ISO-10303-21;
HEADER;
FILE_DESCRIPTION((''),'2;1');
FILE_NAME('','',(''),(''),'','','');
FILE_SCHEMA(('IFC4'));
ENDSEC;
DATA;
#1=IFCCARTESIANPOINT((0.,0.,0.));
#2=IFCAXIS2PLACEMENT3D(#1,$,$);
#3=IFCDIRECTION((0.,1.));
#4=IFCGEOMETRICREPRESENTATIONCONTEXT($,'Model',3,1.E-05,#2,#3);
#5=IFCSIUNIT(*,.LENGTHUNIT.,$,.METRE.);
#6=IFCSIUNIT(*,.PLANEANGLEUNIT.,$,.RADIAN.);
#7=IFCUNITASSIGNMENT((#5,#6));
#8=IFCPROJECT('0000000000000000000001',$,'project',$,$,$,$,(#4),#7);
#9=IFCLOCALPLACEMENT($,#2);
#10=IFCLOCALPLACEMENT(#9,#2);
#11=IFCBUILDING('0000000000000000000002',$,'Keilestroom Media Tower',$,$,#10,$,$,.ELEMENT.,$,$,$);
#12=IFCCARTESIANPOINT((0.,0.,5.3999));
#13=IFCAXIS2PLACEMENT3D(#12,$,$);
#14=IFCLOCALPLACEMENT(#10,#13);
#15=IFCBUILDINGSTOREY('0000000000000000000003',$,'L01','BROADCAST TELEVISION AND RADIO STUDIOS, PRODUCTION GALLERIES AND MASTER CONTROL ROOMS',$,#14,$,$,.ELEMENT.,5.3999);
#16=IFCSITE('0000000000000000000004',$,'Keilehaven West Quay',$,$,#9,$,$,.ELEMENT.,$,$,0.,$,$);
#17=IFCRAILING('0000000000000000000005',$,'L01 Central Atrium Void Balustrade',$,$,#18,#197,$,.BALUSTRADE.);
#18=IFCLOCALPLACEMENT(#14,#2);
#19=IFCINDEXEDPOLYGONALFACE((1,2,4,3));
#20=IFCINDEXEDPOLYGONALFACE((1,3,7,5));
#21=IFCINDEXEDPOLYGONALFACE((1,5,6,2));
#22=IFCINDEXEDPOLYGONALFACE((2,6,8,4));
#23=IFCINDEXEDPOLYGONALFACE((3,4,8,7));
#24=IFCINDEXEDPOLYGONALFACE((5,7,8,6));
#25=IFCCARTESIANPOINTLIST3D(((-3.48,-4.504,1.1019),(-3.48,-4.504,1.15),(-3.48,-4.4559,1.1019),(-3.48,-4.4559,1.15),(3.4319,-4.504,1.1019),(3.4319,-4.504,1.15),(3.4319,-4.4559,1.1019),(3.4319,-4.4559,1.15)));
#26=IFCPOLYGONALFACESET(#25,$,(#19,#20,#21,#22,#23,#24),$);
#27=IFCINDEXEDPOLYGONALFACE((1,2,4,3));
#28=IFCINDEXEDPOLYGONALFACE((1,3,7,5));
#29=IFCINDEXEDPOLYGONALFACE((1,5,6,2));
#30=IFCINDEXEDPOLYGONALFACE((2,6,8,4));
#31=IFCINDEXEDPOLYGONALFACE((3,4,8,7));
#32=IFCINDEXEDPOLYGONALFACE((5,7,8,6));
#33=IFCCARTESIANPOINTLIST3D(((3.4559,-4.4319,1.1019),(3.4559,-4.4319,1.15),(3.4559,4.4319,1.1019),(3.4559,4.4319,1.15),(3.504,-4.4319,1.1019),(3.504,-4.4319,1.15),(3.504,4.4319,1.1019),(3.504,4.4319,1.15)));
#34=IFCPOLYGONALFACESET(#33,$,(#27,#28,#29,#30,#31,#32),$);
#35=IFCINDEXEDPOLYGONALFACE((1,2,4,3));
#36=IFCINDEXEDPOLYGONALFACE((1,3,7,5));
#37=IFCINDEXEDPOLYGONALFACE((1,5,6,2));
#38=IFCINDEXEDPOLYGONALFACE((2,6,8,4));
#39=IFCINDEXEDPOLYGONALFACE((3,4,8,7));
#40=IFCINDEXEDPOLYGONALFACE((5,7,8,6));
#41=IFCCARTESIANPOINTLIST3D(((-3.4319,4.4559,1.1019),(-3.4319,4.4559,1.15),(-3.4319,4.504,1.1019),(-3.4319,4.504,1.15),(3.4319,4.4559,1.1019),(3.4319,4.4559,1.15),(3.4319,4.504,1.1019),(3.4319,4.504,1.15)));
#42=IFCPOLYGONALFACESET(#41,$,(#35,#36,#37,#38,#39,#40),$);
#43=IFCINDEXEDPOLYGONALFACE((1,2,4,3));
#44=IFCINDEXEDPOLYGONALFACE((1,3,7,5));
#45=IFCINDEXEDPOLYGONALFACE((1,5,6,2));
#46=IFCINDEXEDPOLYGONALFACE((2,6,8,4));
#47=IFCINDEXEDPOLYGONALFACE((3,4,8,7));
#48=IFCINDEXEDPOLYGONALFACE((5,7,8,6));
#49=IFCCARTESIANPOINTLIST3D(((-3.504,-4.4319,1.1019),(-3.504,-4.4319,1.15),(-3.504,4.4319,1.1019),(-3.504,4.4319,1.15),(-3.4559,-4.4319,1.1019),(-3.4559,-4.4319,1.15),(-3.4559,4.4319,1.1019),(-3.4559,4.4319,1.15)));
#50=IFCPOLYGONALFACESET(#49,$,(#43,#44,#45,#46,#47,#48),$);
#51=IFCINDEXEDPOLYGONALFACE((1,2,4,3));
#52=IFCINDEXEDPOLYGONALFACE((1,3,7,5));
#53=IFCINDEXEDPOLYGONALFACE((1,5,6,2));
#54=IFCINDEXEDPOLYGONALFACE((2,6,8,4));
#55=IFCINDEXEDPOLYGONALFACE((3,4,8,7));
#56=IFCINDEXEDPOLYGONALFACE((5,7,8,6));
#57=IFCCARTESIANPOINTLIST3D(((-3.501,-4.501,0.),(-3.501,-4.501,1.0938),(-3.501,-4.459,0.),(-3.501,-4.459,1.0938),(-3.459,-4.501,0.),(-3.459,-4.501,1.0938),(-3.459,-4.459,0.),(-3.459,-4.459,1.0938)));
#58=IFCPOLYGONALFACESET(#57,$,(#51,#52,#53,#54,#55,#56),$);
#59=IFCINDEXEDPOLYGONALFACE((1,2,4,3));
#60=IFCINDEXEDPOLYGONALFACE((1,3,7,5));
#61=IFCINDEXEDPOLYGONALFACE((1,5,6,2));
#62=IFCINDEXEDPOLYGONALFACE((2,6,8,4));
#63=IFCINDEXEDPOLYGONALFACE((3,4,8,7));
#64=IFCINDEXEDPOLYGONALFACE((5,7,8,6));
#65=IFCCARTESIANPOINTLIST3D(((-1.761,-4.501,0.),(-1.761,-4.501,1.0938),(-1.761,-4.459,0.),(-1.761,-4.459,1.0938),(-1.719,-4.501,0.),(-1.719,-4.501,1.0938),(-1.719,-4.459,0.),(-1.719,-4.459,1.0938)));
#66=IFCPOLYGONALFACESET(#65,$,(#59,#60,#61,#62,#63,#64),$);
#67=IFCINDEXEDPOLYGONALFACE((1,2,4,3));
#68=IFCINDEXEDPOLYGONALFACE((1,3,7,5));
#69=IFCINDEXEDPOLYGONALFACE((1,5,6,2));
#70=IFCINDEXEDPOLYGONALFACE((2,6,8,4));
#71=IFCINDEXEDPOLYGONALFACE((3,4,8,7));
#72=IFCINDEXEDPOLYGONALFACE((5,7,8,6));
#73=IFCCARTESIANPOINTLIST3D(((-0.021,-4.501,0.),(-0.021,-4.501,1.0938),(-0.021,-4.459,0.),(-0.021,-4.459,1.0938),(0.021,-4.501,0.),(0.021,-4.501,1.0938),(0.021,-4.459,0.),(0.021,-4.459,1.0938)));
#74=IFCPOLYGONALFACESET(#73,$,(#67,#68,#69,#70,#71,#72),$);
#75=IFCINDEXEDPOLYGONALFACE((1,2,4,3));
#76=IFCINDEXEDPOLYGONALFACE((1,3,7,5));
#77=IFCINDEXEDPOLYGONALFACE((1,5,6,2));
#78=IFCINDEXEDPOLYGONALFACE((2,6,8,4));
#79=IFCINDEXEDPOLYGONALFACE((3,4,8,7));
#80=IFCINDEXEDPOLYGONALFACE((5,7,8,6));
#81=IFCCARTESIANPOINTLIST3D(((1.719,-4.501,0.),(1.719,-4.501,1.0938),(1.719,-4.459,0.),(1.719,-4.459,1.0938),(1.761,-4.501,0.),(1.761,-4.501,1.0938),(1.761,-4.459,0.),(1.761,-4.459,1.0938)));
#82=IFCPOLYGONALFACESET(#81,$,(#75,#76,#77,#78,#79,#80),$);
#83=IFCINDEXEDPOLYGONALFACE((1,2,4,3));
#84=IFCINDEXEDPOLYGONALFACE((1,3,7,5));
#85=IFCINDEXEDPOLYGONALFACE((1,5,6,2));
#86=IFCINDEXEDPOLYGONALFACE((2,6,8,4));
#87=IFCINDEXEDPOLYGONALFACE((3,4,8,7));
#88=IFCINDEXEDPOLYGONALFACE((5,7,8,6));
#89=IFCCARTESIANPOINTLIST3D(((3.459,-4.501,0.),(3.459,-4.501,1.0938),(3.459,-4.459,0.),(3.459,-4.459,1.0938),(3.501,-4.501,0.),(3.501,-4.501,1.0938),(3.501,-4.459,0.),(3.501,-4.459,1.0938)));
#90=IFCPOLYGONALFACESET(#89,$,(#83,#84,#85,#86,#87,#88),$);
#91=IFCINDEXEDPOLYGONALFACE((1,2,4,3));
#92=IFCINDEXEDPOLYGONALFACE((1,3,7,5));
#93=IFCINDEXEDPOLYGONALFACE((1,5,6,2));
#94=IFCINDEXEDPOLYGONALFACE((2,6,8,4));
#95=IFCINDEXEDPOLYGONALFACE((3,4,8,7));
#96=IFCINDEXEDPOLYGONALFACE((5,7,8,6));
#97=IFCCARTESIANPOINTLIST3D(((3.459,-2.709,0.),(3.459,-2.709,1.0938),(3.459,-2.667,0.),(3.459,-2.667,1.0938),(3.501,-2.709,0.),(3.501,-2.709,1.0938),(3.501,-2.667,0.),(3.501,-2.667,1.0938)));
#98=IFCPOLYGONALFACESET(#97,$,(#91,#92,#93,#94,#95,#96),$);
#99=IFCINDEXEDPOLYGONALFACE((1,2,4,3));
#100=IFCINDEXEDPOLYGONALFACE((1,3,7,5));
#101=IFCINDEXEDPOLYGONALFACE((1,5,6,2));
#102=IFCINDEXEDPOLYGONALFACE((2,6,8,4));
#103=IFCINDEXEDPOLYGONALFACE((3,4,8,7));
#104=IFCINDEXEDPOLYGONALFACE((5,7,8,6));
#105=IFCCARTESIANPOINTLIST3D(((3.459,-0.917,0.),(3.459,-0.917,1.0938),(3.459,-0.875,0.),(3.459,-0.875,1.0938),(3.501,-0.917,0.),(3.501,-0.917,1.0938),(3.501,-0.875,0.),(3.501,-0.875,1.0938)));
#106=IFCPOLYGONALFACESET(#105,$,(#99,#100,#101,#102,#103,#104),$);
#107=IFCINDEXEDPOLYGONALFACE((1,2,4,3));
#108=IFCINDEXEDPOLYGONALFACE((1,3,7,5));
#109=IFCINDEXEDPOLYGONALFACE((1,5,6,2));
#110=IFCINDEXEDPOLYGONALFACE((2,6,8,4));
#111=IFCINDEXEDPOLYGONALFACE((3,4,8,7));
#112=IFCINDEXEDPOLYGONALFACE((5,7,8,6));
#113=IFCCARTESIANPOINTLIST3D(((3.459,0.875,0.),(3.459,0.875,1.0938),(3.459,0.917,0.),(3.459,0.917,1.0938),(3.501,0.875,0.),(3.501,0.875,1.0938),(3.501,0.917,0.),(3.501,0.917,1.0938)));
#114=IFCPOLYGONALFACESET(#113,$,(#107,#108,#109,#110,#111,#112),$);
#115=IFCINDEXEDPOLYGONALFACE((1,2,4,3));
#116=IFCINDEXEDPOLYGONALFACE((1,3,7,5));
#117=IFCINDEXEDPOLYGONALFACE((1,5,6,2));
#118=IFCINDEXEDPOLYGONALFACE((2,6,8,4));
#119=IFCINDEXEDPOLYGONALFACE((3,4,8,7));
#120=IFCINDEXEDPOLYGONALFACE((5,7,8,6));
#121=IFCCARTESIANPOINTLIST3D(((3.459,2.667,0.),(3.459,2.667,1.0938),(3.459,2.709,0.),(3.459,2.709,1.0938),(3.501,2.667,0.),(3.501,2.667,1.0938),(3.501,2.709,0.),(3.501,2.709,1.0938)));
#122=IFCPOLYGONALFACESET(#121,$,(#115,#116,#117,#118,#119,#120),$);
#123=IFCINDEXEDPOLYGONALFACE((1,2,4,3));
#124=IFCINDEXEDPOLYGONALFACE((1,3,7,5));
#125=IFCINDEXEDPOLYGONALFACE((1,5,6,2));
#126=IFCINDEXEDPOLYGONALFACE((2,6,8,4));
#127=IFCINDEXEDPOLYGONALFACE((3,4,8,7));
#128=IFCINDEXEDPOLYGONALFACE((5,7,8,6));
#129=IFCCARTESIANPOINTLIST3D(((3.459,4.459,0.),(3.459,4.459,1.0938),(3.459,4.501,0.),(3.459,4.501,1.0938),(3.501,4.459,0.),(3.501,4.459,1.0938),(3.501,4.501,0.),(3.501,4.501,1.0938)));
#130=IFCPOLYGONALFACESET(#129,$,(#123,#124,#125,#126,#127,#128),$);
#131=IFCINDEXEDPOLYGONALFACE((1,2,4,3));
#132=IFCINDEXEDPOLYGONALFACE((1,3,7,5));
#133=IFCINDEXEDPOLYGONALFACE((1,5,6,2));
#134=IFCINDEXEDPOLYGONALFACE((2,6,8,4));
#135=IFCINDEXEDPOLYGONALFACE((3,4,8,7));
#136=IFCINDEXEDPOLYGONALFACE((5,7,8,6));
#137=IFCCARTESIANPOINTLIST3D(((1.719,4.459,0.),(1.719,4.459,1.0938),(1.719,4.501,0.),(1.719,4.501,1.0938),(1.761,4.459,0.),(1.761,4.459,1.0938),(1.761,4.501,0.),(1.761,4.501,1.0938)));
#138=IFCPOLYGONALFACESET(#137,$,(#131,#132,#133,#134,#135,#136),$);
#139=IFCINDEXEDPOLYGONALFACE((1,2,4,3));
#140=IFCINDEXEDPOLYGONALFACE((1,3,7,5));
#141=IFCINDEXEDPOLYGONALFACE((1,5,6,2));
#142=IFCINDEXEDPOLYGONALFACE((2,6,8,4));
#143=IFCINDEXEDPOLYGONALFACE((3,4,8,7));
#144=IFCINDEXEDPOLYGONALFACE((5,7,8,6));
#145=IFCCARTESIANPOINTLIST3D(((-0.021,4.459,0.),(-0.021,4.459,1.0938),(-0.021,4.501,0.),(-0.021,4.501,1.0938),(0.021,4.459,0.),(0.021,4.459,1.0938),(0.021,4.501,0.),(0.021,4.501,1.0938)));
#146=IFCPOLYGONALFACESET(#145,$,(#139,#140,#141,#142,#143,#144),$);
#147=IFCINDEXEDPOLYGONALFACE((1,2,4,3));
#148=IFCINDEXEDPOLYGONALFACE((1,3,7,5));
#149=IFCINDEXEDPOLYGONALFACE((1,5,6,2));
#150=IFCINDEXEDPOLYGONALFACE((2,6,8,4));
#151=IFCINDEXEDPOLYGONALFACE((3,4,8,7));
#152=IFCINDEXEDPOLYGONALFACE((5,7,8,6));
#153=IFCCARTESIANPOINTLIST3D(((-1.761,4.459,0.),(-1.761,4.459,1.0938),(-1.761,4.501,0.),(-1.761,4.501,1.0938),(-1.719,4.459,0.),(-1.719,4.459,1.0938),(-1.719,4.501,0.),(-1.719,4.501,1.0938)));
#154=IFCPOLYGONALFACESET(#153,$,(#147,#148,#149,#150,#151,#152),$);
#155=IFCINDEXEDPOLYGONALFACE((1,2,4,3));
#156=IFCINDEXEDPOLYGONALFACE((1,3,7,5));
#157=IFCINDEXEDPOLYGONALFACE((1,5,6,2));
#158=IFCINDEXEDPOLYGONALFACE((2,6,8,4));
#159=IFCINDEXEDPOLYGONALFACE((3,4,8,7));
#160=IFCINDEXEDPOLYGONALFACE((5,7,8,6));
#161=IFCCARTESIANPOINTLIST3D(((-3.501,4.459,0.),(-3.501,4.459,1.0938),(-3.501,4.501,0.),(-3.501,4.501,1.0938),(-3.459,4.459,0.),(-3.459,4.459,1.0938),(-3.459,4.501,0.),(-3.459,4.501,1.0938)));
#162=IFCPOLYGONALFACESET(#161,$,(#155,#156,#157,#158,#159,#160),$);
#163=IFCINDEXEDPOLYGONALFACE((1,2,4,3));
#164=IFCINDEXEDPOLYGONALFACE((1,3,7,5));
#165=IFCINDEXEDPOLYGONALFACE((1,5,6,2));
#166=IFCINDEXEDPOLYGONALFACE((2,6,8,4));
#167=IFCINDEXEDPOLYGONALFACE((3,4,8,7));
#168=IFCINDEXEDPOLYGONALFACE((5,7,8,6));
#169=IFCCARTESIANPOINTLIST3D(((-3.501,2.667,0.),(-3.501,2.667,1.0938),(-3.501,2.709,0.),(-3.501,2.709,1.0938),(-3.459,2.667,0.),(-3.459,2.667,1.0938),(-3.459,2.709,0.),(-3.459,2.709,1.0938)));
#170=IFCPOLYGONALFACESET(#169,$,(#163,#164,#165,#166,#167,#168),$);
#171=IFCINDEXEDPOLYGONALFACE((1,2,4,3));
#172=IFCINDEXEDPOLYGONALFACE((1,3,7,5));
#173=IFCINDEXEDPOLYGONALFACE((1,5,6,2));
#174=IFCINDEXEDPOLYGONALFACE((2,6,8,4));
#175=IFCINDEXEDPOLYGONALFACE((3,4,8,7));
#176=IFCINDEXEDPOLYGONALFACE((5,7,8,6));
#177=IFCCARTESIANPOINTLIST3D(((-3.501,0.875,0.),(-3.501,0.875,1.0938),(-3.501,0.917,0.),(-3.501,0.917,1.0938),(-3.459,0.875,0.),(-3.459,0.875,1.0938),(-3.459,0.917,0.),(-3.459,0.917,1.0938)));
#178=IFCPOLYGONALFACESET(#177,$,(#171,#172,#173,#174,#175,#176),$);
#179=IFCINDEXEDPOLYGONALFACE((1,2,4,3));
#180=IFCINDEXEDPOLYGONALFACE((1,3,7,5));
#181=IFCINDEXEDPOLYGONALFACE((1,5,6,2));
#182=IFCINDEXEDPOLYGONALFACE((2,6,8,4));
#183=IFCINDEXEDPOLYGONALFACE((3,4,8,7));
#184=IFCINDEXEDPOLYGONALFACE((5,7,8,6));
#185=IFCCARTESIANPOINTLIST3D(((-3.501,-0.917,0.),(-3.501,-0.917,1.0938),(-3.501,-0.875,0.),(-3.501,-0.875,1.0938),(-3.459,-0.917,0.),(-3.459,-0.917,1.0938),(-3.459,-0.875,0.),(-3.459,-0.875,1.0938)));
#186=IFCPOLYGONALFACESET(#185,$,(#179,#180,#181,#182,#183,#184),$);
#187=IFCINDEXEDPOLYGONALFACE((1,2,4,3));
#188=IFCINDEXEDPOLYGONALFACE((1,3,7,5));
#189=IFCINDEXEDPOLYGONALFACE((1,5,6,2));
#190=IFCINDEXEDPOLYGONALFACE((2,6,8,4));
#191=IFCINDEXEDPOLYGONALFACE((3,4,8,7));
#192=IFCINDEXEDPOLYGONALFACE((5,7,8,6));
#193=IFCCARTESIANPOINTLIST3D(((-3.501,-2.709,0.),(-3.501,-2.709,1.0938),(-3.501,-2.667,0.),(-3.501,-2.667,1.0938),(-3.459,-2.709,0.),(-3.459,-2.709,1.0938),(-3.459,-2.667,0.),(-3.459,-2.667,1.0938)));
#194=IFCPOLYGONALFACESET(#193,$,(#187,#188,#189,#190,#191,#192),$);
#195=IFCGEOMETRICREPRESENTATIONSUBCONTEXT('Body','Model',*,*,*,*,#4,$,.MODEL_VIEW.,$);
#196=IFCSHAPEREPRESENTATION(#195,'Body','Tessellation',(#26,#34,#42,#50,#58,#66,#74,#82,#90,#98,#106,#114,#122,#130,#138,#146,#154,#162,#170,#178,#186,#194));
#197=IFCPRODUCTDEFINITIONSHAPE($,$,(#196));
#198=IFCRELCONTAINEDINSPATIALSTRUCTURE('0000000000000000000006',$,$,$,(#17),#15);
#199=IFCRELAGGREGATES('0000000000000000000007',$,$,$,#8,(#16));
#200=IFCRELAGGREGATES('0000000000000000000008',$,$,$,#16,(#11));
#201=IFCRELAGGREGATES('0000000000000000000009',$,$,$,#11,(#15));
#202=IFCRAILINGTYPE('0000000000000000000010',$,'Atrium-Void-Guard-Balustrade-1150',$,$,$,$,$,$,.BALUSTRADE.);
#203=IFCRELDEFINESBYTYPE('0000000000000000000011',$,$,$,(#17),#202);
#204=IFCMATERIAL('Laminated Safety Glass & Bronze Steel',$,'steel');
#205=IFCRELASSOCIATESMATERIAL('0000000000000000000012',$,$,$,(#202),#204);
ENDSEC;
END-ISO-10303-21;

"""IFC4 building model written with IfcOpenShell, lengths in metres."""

from ifc_helpers import new_model, si_unit, direction, frame, origin, origin_2d, place, context, subcontext, project, spatial, rectangle, extrude, material, type_object, element, save


model = new_model("IFC4")

# Units and contexts
model_context = context("Model", 3, precision=1e-05, world=origin(), true_north=direction((0.0, 1.0)))
body_context = subcontext(model_context, "Body", "Model", "MODEL_VIEW")
ifc_project = project(units=[si_unit("LENGTHUNIT", "METRE"), si_unit("PLANEANGLEUNIT", "RADIAN")], contexts=[model_context])

# Site, building, storey
site_placement = place(None, origin())
site = spatial("IfcSite", under=ifc_project, at=site_placement, Name="Keilehaven West Quay", CompositionType="ELEMENT", RefElevation=0.0)
building_placement = place(site_placement, origin())
building = spatial("IfcBuilding", under=site, at=building_placement, Name="Keilestroom Media Tower", CompositionType="ELEMENT")
storey_placement = place(building_placement, frame((0.0, 0.0, 5.3999)))
storey = spatial("IfcBuildingStorey", under=building, at=storey_placement, Name="L01", Description="BROADCAST TELEVISION AND RADIO STUDIOS, PRODUCTION GALLERIES AND MASTER CONTROL ROOMS", CompositionType="ELEMENT", Elevation=5.3999)

# Railing
ifc_material_1 = material(Name="Laminated Safety Glass & Bronze Steel", Category="steel")
railing_type = type_object("IfcRailingType", Name="Atrium-Void-Guard-Balustrade-1150", PredefinedType="BALUSTRADE", material=ifc_material_1)
railing_placement = place(storey_placement, frame((-3.48, -4.48, 0.0)))
element("IfcRailing", 1, at=railing_placement, inside=storey, type_object=railing_type, Name="L01 Central Atrium Void Balustrade", PredefinedType="BALUSTRADE", context=body_context, shape_type="SweptSolid", body=[
    extrude(rectangle(XDim=0.0481, YDim=0.0481, at=origin_2d()), frame((0.0, 0.0, 1.126), z_axis=(1.0, 0.0, 0.0), x_axis=(0.0, 1.0, 0.0)), (0.0, 0.0, 1.0), 6.9119),
    extrude(rectangle(XDim=0.0481, YDim=0.0481, at=origin_2d()), frame((6.96, 0.0481, 1.126), z_axis=(0.0, 1.0, 0.0), x_axis=(-1.0, 0.0, 0.0)), (0.0, 0.0, 1.0), 8.8638),
    extrude(rectangle(XDim=0.0481, YDim=0.0481, at=origin_2d()), frame((6.9119, 8.96, 1.126), z_axis=(-1.0, 0.0, 0.0), x_axis=(0.0, -1.0, 0.0)), (0.0, 0.0, 1.0), 6.8638),
    extrude(rectangle(XDim=0.0481, YDim=0.0481, at=origin_2d()), frame((0.0, 8.9119, 1.126), z_axis=(0.0, -1.0, 0.0), x_axis=(1.0, 0.0, 0.0)), (0.0, 0.0, 1.0), 8.8638),
    extrude(rectangle(XDim=0.042, YDim=0.042, at=origin_2d()), origin(), (0.0, 0.0, 1.0), 1.0938),
    extrude(rectangle(XDim=0.042, YDim=0.042, at=origin_2d()), frame((1.74, 0.0, 0.0)), (0.0, 0.0, 1.0), 1.0938),
    extrude(rectangle(XDim=0.042, YDim=0.042, at=origin_2d()), frame((3.48, 0.0, 0.0)), (0.0, 0.0, 1.0), 1.0938),
    extrude(rectangle(XDim=0.042, YDim=0.042, at=origin_2d()), frame((5.22, 0.0, 0.0)), (0.0, 0.0, 1.0), 1.0938),
    extrude(rectangle(XDim=0.042, YDim=0.042, at=origin_2d()), frame((6.96, 0.0, 0.0)), (0.0, 0.0, 1.0), 1.0938),
    extrude(rectangle(XDim=0.042, YDim=0.042, at=origin_2d()), frame((6.96, 1.792, 0.0)), (0.0, 0.0, 1.0), 1.0938),
    extrude(rectangle(XDim=0.042, YDim=0.042, at=origin_2d()), frame((6.96, 3.584, 0.0)), (0.0, 0.0, 1.0), 1.0938),
    extrude(rectangle(XDim=0.042, YDim=0.042, at=origin_2d()), frame((6.96, 5.376, 0.0)), (0.0, 0.0, 1.0), 1.0938),
    extrude(rectangle(XDim=0.042, YDim=0.042, at=origin_2d()), frame((6.96, 7.168, 0.0)), (0.0, 0.0, 1.0), 1.0938),
    extrude(rectangle(XDim=0.042, YDim=0.042, at=origin_2d()), frame((6.96, 8.96, 0.0)), (0.0, 0.0, 1.0), 1.0938),
    extrude(rectangle(XDim=0.042, YDim=0.042, at=origin_2d()), frame((5.22, 8.96, 0.0)), (0.0, 0.0, 1.0), 1.0938),
    extrude(rectangle(XDim=0.042, YDim=0.042, at=origin_2d()), frame((3.48, 8.96, 0.0)), (0.0, 0.0, 1.0), 1.0938),
    extrude(rectangle(XDim=0.042, YDim=0.042, at=origin_2d()), frame((1.74, 8.96, 0.0)), (0.0, 0.0, 1.0), 1.0938),
    extrude(rectangle(XDim=0.042, YDim=0.042, at=origin_2d()), frame((0.0, 8.96, 0.0)), (0.0, 0.0, 1.0), 1.0938),
    extrude(rectangle(XDim=0.042, YDim=0.042, at=origin_2d()), frame((0.0, 7.168, 0.0)), (0.0, 0.0, 1.0), 1.0938),
    extrude(rectangle(XDim=0.042, YDim=0.042, at=origin_2d()), frame((0.0, 5.376, 0.0)), (0.0, 0.0, 1.0), 1.0938),
    extrude(rectangle(XDim=0.042, YDim=0.042, at=origin_2d()), frame((0.0, 3.584, 0.0)), (0.0, 0.0, 1.0), 1.0938),
    extrude(rectangle(XDim=0.042, YDim=0.042, at=origin_2d()), frame((0.0, 1.792, 0.0)), (0.0, 0.0, 1.0), 1.0938),
])

save(model, "model.ifc")
